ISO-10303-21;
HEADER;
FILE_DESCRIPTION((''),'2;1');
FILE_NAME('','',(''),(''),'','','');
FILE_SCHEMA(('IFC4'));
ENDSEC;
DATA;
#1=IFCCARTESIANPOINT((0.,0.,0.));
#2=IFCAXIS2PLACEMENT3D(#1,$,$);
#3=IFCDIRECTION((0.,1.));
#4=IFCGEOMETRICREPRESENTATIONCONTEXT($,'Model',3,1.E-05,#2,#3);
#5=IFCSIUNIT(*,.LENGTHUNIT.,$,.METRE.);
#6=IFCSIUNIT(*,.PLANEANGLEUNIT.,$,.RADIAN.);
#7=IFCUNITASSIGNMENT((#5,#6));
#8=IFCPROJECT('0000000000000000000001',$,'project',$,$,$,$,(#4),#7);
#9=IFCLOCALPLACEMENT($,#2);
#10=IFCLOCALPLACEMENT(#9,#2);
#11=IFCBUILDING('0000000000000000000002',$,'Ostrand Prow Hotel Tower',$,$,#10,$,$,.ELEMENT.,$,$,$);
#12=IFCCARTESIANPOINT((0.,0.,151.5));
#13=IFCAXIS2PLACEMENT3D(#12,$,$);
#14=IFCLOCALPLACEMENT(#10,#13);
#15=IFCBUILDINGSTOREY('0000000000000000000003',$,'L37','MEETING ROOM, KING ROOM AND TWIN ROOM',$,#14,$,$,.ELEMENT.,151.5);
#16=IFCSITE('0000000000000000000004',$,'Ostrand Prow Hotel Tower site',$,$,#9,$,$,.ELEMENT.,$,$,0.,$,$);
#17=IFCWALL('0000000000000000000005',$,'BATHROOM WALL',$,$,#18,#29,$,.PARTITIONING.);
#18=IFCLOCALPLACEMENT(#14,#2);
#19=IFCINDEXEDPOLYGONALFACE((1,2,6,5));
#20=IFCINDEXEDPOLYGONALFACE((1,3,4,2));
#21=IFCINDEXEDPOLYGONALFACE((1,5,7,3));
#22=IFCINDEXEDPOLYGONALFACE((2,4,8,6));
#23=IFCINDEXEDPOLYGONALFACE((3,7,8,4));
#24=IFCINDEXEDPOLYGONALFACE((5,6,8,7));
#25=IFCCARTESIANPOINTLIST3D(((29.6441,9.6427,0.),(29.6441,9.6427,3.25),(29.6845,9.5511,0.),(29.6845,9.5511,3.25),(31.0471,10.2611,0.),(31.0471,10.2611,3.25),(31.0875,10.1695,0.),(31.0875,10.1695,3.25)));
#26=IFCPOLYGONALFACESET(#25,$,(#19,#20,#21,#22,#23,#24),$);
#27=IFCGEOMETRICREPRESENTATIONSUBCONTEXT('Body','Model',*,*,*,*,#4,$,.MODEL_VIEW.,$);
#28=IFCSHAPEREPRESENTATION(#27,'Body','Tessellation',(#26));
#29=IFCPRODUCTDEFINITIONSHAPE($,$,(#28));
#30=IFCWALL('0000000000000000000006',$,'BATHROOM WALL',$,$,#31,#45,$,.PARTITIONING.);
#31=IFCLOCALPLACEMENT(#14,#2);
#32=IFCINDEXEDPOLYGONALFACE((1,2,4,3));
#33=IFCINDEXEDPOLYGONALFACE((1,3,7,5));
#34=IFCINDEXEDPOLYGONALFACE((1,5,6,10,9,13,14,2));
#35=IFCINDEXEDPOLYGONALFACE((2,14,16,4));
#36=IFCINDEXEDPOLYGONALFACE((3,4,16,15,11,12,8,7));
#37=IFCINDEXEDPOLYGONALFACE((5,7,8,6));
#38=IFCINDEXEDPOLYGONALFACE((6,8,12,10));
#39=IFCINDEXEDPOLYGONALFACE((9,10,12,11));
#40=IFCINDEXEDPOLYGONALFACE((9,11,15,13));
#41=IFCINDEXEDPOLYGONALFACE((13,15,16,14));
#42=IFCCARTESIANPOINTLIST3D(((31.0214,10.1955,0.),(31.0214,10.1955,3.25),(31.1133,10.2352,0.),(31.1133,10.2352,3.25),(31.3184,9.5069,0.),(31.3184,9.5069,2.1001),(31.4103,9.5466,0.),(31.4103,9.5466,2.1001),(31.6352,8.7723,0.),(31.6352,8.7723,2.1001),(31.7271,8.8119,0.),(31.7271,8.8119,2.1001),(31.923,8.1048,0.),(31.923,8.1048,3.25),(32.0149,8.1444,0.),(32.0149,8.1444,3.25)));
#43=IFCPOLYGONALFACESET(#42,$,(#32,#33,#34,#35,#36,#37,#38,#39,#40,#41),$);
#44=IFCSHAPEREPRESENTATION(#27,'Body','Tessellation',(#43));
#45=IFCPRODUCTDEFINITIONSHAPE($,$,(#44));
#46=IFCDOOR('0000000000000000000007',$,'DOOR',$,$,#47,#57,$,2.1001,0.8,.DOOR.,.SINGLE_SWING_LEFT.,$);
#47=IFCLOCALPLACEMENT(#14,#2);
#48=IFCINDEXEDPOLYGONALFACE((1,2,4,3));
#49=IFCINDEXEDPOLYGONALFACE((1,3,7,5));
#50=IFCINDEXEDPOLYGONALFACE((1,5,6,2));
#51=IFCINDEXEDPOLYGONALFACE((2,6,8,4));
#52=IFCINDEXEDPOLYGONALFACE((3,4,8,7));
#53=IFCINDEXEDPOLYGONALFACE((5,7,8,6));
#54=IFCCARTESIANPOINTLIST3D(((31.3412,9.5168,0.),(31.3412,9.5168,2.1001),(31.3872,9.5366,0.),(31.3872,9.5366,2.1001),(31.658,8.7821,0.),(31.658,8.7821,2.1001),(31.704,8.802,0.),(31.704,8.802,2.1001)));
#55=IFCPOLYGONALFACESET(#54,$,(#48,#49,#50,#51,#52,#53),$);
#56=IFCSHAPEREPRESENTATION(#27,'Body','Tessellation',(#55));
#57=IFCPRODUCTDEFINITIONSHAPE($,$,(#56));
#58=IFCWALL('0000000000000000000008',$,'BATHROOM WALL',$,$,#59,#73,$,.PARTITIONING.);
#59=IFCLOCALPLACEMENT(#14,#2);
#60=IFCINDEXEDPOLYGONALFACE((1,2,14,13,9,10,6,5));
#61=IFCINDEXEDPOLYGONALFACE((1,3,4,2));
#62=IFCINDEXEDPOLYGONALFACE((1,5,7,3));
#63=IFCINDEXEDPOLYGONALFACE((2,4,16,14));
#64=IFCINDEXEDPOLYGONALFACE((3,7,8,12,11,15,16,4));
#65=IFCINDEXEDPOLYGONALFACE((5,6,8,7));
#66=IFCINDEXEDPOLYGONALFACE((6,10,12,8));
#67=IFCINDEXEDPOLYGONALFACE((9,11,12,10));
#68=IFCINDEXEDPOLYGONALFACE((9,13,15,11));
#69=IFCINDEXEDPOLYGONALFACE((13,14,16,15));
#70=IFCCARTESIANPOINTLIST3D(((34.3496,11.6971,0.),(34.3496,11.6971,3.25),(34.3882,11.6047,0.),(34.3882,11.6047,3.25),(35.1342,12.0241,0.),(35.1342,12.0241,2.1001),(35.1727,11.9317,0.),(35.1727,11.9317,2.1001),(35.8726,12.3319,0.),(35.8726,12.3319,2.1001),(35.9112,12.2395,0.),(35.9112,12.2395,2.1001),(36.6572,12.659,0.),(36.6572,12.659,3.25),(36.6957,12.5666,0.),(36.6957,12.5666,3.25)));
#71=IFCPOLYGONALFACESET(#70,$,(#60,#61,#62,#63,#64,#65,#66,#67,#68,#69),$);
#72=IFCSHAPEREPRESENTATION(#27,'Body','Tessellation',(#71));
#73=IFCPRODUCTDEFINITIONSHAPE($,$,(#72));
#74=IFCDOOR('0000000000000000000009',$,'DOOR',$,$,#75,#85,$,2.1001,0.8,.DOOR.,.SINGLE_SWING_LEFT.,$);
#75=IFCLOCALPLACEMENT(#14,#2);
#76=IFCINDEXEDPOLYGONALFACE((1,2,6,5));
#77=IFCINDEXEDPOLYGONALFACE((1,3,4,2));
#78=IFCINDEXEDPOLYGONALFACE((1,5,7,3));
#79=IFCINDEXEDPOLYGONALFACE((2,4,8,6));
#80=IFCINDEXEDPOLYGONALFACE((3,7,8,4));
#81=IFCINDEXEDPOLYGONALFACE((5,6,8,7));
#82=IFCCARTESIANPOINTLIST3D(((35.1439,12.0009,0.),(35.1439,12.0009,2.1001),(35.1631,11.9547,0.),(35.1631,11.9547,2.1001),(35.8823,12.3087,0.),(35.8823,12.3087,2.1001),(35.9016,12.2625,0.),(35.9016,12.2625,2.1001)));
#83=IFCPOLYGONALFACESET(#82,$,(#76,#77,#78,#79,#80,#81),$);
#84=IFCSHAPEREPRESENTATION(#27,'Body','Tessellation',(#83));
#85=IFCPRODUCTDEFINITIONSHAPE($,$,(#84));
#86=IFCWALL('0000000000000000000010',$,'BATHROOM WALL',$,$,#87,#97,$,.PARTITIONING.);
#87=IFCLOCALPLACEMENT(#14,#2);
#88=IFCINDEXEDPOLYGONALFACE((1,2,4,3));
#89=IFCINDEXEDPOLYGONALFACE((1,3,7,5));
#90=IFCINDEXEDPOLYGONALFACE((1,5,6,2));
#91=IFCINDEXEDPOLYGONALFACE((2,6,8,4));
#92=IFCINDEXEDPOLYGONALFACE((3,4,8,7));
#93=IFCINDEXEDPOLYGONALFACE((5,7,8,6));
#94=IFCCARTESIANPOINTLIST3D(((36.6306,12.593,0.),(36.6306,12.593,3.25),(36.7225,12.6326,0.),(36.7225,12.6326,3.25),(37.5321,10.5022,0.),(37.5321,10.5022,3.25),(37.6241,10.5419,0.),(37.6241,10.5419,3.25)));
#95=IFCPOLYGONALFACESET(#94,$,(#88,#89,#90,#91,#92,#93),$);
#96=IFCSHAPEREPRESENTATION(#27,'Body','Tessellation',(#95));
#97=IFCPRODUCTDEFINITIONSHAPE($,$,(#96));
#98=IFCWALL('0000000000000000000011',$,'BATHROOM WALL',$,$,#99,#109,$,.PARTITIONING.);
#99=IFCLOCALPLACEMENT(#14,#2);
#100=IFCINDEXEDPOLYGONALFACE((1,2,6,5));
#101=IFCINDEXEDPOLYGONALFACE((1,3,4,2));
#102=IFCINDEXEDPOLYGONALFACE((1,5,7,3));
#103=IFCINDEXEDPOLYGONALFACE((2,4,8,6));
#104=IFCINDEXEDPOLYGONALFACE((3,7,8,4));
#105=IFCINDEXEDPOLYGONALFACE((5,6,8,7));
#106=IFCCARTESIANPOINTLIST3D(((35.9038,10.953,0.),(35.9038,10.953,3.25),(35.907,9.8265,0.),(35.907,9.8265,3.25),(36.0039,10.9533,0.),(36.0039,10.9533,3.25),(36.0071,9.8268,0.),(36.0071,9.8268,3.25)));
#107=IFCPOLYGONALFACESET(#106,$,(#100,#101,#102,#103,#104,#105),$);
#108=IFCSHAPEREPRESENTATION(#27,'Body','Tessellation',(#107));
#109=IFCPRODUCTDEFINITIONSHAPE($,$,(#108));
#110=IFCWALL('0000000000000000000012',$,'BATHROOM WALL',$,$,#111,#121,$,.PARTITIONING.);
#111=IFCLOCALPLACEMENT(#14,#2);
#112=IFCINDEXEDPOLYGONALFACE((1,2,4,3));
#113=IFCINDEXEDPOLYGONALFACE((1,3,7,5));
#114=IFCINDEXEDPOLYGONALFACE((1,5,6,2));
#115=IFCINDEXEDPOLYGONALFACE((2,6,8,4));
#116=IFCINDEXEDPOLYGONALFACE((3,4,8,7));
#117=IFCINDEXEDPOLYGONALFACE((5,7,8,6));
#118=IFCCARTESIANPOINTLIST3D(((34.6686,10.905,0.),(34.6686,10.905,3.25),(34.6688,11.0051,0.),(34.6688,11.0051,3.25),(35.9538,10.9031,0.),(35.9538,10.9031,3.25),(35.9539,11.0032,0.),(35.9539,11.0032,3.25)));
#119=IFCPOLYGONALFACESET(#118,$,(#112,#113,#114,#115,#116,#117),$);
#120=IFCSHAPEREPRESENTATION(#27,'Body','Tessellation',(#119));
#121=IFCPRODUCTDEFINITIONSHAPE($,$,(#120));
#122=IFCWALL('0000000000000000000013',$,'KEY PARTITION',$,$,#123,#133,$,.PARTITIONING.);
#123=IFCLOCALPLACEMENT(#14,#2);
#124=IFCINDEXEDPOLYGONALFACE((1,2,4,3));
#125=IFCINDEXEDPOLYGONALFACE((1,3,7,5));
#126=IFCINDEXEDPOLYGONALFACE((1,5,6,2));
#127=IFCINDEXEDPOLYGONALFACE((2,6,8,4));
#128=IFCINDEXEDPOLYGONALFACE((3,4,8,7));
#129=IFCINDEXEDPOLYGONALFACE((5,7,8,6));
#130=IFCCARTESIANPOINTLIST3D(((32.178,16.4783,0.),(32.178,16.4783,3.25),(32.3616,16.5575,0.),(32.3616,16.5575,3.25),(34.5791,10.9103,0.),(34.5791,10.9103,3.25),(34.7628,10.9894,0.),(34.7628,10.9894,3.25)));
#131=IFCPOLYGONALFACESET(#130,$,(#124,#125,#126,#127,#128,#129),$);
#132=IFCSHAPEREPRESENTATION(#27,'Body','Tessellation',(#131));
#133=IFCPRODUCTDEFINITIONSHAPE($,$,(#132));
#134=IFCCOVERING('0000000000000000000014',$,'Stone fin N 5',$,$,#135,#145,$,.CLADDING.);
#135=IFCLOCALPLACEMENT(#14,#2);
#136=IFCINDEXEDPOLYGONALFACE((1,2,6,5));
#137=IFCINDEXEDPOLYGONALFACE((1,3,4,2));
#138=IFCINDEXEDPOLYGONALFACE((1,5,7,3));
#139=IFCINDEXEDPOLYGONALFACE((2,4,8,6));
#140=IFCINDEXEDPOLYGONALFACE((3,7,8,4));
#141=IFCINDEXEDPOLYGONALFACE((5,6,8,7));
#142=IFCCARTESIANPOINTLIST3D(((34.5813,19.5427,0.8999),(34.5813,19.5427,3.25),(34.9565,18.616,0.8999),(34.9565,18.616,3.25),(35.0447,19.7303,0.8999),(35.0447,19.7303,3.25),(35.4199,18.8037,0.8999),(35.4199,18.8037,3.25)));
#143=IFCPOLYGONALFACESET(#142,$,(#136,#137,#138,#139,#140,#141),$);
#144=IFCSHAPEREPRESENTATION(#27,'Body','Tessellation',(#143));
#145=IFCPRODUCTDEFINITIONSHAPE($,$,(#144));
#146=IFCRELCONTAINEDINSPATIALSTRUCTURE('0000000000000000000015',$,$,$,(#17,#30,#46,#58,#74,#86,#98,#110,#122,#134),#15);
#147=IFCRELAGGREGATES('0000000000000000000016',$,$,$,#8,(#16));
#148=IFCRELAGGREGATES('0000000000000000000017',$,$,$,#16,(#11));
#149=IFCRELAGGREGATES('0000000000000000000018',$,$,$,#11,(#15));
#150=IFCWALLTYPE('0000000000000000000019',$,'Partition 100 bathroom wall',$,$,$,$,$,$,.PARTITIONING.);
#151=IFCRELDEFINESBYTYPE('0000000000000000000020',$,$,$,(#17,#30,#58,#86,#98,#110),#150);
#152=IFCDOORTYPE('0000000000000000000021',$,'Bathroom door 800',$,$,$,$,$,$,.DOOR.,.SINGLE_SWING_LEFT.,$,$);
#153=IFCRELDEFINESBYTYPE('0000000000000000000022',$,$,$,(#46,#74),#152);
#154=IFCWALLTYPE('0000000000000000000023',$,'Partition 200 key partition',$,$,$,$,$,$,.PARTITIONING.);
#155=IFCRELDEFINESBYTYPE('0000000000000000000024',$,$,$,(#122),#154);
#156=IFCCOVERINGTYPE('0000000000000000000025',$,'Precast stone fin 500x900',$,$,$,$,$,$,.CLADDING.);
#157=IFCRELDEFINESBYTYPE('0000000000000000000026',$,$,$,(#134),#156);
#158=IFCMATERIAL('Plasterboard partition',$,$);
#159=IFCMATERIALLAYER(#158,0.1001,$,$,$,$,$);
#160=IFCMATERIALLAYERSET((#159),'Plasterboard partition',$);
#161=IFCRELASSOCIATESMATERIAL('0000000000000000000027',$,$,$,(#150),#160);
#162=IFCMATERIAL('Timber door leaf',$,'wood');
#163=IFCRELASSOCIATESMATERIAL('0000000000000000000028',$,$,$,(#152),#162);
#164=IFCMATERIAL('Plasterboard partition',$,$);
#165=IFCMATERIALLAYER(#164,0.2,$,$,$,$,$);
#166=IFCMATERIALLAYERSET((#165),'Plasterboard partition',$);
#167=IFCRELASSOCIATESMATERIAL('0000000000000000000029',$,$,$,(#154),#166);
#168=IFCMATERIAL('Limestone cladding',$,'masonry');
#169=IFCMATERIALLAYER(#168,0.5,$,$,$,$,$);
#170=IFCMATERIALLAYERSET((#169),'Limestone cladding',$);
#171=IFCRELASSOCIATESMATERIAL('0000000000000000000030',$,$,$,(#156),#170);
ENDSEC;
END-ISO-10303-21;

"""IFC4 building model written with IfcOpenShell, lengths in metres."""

from ifc_helpers import new_model, si_unit, direction, frame, frame_2d, origin, place, context, subcontext, project, spatial, rectangle, extrude, material, layer, layer_set, type_object, element, fill, save


model = new_model("IFC4")

# Units and contexts
model_context = context("Model", 3, precision=1e-05, world=origin(), true_north=direction((0.0, 1.0)))
body_context = subcontext(model_context, "Body", "Model", "MODEL_VIEW")
ifc_project = project(units=[si_unit("LENGTHUNIT", "METRE"), si_unit("PLANEANGLEUNIT", "RADIAN")], contexts=[model_context])

# Site, building, storey
site_placement = place(None, origin())
site = spatial("IfcSite", under=ifc_project, at=site_placement, Name="Ostrand Prow Hotel Tower site", CompositionType="ELEMENT", RefElevation=0.0)
building_placement = place(site_placement, origin())
building = spatial("IfcBuilding", under=site, at=building_placement, Name="Ostrand Prow Hotel Tower", CompositionType="ELEMENT")
storey_placement = place(building_placement, frame((0.0, 0.0, 151.5)))
storey = spatial("IfcBuildingStorey", under=building, at=storey_placement, Name="L37", Description="MEETING ROOM, KING ROOM AND TWIN ROOM", CompositionType="ELEMENT", Elevation=151.5)

# Wall
ifc_material_1 = material(Name="Plasterboard partition")
ifc_layer_1 = layer(ifc_material_1, 0.1001)
ifc_layer_set_1 = layer_set([ifc_layer_1], Name="Plasterboard partition")
wall_type_1 = type_object("IfcWallType", Name="Partition 100 bathroom wall", PredefinedType="PARTITIONING", material=ifc_layer_set_1)
wall_1_placement = place(storey_placement, frame((29.6643, 9.5969, 0.0), z_axis=(0.0, 0.0, 1.0), x_axis=(0.915061, 0.403315, 0.0)))
element("IfcWall", 1, at=wall_1_placement, inside=storey, type_object=wall_type_1, Name="BATHROOM WALL", PredefinedType="PARTITIONING", context=body_context, shape_type="SweptSolid", body=[
    extrude(rectangle(XDim=1.5332, YDim=0.1001, at=frame_2d((0.7666, 0.0))), origin(), (0.0, 0.0, 1.0), 3.25),
])

# Walls, openings, doors
wall_2_placement = place(storey_placement, frame((31.0674, 10.2153, 0.0), z_axis=(0.0, 0.0, 1.0), x_axis=(0.395976, -0.918261, 0.0)))
wall_2 = element("IfcWall", 2, at=wall_2_placement, inside=storey, type_object=wall_type_1, Name="BATHROOM WALL", PredefinedType="PARTITIONING", context=body_context, shape_type="SweptSolid", body=[
    extrude(rectangle(XDim=2.2769, YDim=0.1001, at=frame_2d((1.1384, 0.0))), origin(), (0.0, 0.0, 1.0), 3.25),
])
opening_1_placement = place(wall_2_placement, frame((0.75, 0.0, 0.0)))
opening_1 = element("IfcOpeningElement", 3, at=opening_1_placement, cuts=wall_2, PredefinedType="OPENING", context=body_context, shape_type="SweptSolid", body=[
    extrude(rectangle(XDim=0.8, YDim=2.1001, at=frame_2d((0.3999, 1.05))), frame((0.0, 0.0601, 0.0), z_axis=(0.0, -1.0, 0.0), x_axis=(1.0, 0.0, 0.0)), (0.0, 0.0, 1.0), 0.1201),
])
ifc_material_2 = material(Name="Timber door leaf", Category="wood")
door_type = type_object("IfcDoorType", Name="Bathroom door 800", OperationType="SINGLE_SWING_LEFT", PredefinedType="DOOR", material=ifc_material_2)
door_1_placement = place(opening_1_placement, origin())
door_1 = element("IfcDoor", 4, at=door_1_placement, inside=storey, type_object=door_type, Name="DOOR", OperationType="SINGLE_SWING_LEFT", OverallHeight=2.1001, OverallWidth=0.8, PredefinedType="DOOR", context=body_context, shape_type="SweptSolid", body=[
    extrude(rectangle(XDim=0.8, YDim=2.1001, at=frame_2d((0.3999, 1.05))), frame((0.0, 0.0249, 0.0), z_axis=(0.0, -1.0, 0.0), x_axis=(1.0, 0.0, 0.0)), (0.0, 0.0, 1.0), 0.05),
])
fill(opening_1, door_1)
wall_3_placement = place(storey_placement, frame((34.3689, 11.6509, 0.0), z_axis=(0.0, 0.0, 1.0), x_axis=(0.923019, 0.384754, 0.0)))
wall_3 = element("IfcWall", 5, at=wall_3_placement, inside=storey, type_object=wall_type_1, Name="BATHROOM WALL", PredefinedType="PARTITIONING", context=body_context, shape_type="SweptSolid", body=[
    extrude(rectangle(XDim=2.5, YDim=0.1001, at=frame_2d((1.25, 0.0))), origin(), (0.0, 0.0, 1.0), 3.25),
])
opening_2_placement = place(wall_3_placement, frame((0.8501, 0.0, 0.0)))
opening_2 = element("IfcOpeningElement", 6, at=opening_2_placement, cuts=wall_3, PredefinedType="OPENING", context=body_context, shape_type="SweptSolid", body=[
    extrude(rectangle(XDim=0.8, YDim=2.1001, at=frame_2d((0.3999, 1.05))), frame((0.0, 0.0601, 0.0), z_axis=(0.0, -1.0, 0.0), x_axis=(1.0, 0.0, 0.0)), (0.0, 0.0, 1.0), 0.1201),
])
door_2_placement = place(opening_2_placement, origin())
door_2 = element("IfcDoor", 7, at=door_2_placement, inside=storey, type_object=door_type, Name="DOOR", OperationType="SINGLE_SWING_LEFT", OverallHeight=2.1001, OverallWidth=0.8, PredefinedType="DOOR", context=body_context, shape_type="SweptSolid", body=[
    extrude(rectangle(XDim=0.8, YDim=2.1001, at=frame_2d((0.3999, 1.05))), frame((0.0, 0.0249, 0.0), z_axis=(0.0, -1.0, 0.0), x_axis=(1.0, 0.0, 0.0)), (0.0, 0.0, 1.0), 0.05),
])
fill(opening_2, door_2)

# Walls
wall_4_placement = place(storey_placement, frame((36.6765, 12.6128, 0.0), z_axis=(0.0, 0.0, 1.0), x_axis=(0.395976, -0.918261, 0.0)))
element("IfcWall", 8, at=wall_4_placement, inside=storey, type_object=wall_type_1, Name="BATHROOM WALL", PredefinedType="PARTITIONING", context=body_context, shape_type="SweptSolid", body=[
    extrude(rectangle(XDim=2.2769, YDim=0.1001, at=frame_2d((1.1384, 0.0))), origin(), (0.0, 0.0, 1.0), 3.25),
])
wall_5_placement = place(storey_placement, frame((35.957, 9.8267, 0.0), z_axis=(0.0, 0.0, 1.0), x_axis=(-0.002818, 0.999996, 0.0)))
element("IfcWall", 9, at=wall_5_placement, inside=storey, type_object=wall_type_1, Name="BATHROOM WALL", PredefinedType="PARTITIONING", context=body_context, shape_type="SweptSolid", body=[
    extrude(rectangle(XDim=1.1265, YDim=0.1001, at=frame_2d((0.5632, 0.0))), origin(), (0.0, 0.0, 1.0), 3.25),
])
wall_6_placement = place(storey_placement, frame((35.9539, 10.9531, 0.0), z_axis=(0.0, 0.0, 1.0), x_axis=(-0.999999, 0.00152, 0.0)))
element("IfcWall", 10, at=wall_6_placement, inside=storey, type_object=wall_type_1, Name="BATHROOM WALL", PredefinedType="PARTITIONING", context=body_context, shape_type="SweptSolid", body=[
    extrude(rectangle(XDim=1.2852, YDim=0.1001, at=frame_2d((0.6426, 0.0))), origin(), (0.0, 0.0, 1.0), 3.25),
])
ifc_material_3 = material(Name="Plasterboard partition")
ifc_layer_2 = layer(ifc_material_3, 0.2)
ifc_layer_set_2 = layer_set([ifc_layer_2], Name="Plasterboard partition")
wall_type_2 = type_object("IfcWallType", Name="Partition 200 key partition", PredefinedType="PARTITIONING", material=ifc_layer_set_2)
wall_7_placement = place(storey_placement, frame((34.6709, 10.95, 0.0), z_axis=(0.0, 0.0, 1.0), x_axis=(-0.395979, 0.91826, 0.0)))
element("IfcWall", 11, at=wall_7_placement, inside=storey, type_object=wall_type_2, Name="KEY PARTITION", PredefinedType="PARTITIONING", context=body_context, shape_type="SweptSolid", body=[
    extrude(rectangle(XDim=6.0637, YDim=0.2, at=frame_2d((3.0317, 0.0))), origin(), (0.0, 0.0, 1.0), 3.25),
])

# Covering
ifc_material_4 = material(Name="Limestone cladding", Category="masonry")
ifc_layer_3 = layer(ifc_material_4, 0.5)
ifc_layer_set_3 = layer_set([ifc_layer_3], Name="Limestone cladding")
covering_type = type_object("IfcCoveringType", Name="Precast stone fin 500x900", PredefinedType="CLADDING", material=ifc_layer_set_3)
covering_placement = place(storey_placement, frame((35.1882, 18.7097, 0.8999), z_axis=(0.0, 0.0, 1.0), x_axis=(-0.375303, 0.926902, 0.0)))
element("IfcCovering", 12, at=covering_placement, inside=storey, type_object=covering_type, Name="Stone fin N 5", PredefinedType="CLADDING", context=body_context, shape_type="SweptSolid", body=[
    extrude(rectangle(XDim=0.9998, YDim=0.5, at=frame_2d((0.5, 0.0))), origin(), (0.0, 0.0, 1.0), 2.3501),
])

save(model, "model.ifc")
